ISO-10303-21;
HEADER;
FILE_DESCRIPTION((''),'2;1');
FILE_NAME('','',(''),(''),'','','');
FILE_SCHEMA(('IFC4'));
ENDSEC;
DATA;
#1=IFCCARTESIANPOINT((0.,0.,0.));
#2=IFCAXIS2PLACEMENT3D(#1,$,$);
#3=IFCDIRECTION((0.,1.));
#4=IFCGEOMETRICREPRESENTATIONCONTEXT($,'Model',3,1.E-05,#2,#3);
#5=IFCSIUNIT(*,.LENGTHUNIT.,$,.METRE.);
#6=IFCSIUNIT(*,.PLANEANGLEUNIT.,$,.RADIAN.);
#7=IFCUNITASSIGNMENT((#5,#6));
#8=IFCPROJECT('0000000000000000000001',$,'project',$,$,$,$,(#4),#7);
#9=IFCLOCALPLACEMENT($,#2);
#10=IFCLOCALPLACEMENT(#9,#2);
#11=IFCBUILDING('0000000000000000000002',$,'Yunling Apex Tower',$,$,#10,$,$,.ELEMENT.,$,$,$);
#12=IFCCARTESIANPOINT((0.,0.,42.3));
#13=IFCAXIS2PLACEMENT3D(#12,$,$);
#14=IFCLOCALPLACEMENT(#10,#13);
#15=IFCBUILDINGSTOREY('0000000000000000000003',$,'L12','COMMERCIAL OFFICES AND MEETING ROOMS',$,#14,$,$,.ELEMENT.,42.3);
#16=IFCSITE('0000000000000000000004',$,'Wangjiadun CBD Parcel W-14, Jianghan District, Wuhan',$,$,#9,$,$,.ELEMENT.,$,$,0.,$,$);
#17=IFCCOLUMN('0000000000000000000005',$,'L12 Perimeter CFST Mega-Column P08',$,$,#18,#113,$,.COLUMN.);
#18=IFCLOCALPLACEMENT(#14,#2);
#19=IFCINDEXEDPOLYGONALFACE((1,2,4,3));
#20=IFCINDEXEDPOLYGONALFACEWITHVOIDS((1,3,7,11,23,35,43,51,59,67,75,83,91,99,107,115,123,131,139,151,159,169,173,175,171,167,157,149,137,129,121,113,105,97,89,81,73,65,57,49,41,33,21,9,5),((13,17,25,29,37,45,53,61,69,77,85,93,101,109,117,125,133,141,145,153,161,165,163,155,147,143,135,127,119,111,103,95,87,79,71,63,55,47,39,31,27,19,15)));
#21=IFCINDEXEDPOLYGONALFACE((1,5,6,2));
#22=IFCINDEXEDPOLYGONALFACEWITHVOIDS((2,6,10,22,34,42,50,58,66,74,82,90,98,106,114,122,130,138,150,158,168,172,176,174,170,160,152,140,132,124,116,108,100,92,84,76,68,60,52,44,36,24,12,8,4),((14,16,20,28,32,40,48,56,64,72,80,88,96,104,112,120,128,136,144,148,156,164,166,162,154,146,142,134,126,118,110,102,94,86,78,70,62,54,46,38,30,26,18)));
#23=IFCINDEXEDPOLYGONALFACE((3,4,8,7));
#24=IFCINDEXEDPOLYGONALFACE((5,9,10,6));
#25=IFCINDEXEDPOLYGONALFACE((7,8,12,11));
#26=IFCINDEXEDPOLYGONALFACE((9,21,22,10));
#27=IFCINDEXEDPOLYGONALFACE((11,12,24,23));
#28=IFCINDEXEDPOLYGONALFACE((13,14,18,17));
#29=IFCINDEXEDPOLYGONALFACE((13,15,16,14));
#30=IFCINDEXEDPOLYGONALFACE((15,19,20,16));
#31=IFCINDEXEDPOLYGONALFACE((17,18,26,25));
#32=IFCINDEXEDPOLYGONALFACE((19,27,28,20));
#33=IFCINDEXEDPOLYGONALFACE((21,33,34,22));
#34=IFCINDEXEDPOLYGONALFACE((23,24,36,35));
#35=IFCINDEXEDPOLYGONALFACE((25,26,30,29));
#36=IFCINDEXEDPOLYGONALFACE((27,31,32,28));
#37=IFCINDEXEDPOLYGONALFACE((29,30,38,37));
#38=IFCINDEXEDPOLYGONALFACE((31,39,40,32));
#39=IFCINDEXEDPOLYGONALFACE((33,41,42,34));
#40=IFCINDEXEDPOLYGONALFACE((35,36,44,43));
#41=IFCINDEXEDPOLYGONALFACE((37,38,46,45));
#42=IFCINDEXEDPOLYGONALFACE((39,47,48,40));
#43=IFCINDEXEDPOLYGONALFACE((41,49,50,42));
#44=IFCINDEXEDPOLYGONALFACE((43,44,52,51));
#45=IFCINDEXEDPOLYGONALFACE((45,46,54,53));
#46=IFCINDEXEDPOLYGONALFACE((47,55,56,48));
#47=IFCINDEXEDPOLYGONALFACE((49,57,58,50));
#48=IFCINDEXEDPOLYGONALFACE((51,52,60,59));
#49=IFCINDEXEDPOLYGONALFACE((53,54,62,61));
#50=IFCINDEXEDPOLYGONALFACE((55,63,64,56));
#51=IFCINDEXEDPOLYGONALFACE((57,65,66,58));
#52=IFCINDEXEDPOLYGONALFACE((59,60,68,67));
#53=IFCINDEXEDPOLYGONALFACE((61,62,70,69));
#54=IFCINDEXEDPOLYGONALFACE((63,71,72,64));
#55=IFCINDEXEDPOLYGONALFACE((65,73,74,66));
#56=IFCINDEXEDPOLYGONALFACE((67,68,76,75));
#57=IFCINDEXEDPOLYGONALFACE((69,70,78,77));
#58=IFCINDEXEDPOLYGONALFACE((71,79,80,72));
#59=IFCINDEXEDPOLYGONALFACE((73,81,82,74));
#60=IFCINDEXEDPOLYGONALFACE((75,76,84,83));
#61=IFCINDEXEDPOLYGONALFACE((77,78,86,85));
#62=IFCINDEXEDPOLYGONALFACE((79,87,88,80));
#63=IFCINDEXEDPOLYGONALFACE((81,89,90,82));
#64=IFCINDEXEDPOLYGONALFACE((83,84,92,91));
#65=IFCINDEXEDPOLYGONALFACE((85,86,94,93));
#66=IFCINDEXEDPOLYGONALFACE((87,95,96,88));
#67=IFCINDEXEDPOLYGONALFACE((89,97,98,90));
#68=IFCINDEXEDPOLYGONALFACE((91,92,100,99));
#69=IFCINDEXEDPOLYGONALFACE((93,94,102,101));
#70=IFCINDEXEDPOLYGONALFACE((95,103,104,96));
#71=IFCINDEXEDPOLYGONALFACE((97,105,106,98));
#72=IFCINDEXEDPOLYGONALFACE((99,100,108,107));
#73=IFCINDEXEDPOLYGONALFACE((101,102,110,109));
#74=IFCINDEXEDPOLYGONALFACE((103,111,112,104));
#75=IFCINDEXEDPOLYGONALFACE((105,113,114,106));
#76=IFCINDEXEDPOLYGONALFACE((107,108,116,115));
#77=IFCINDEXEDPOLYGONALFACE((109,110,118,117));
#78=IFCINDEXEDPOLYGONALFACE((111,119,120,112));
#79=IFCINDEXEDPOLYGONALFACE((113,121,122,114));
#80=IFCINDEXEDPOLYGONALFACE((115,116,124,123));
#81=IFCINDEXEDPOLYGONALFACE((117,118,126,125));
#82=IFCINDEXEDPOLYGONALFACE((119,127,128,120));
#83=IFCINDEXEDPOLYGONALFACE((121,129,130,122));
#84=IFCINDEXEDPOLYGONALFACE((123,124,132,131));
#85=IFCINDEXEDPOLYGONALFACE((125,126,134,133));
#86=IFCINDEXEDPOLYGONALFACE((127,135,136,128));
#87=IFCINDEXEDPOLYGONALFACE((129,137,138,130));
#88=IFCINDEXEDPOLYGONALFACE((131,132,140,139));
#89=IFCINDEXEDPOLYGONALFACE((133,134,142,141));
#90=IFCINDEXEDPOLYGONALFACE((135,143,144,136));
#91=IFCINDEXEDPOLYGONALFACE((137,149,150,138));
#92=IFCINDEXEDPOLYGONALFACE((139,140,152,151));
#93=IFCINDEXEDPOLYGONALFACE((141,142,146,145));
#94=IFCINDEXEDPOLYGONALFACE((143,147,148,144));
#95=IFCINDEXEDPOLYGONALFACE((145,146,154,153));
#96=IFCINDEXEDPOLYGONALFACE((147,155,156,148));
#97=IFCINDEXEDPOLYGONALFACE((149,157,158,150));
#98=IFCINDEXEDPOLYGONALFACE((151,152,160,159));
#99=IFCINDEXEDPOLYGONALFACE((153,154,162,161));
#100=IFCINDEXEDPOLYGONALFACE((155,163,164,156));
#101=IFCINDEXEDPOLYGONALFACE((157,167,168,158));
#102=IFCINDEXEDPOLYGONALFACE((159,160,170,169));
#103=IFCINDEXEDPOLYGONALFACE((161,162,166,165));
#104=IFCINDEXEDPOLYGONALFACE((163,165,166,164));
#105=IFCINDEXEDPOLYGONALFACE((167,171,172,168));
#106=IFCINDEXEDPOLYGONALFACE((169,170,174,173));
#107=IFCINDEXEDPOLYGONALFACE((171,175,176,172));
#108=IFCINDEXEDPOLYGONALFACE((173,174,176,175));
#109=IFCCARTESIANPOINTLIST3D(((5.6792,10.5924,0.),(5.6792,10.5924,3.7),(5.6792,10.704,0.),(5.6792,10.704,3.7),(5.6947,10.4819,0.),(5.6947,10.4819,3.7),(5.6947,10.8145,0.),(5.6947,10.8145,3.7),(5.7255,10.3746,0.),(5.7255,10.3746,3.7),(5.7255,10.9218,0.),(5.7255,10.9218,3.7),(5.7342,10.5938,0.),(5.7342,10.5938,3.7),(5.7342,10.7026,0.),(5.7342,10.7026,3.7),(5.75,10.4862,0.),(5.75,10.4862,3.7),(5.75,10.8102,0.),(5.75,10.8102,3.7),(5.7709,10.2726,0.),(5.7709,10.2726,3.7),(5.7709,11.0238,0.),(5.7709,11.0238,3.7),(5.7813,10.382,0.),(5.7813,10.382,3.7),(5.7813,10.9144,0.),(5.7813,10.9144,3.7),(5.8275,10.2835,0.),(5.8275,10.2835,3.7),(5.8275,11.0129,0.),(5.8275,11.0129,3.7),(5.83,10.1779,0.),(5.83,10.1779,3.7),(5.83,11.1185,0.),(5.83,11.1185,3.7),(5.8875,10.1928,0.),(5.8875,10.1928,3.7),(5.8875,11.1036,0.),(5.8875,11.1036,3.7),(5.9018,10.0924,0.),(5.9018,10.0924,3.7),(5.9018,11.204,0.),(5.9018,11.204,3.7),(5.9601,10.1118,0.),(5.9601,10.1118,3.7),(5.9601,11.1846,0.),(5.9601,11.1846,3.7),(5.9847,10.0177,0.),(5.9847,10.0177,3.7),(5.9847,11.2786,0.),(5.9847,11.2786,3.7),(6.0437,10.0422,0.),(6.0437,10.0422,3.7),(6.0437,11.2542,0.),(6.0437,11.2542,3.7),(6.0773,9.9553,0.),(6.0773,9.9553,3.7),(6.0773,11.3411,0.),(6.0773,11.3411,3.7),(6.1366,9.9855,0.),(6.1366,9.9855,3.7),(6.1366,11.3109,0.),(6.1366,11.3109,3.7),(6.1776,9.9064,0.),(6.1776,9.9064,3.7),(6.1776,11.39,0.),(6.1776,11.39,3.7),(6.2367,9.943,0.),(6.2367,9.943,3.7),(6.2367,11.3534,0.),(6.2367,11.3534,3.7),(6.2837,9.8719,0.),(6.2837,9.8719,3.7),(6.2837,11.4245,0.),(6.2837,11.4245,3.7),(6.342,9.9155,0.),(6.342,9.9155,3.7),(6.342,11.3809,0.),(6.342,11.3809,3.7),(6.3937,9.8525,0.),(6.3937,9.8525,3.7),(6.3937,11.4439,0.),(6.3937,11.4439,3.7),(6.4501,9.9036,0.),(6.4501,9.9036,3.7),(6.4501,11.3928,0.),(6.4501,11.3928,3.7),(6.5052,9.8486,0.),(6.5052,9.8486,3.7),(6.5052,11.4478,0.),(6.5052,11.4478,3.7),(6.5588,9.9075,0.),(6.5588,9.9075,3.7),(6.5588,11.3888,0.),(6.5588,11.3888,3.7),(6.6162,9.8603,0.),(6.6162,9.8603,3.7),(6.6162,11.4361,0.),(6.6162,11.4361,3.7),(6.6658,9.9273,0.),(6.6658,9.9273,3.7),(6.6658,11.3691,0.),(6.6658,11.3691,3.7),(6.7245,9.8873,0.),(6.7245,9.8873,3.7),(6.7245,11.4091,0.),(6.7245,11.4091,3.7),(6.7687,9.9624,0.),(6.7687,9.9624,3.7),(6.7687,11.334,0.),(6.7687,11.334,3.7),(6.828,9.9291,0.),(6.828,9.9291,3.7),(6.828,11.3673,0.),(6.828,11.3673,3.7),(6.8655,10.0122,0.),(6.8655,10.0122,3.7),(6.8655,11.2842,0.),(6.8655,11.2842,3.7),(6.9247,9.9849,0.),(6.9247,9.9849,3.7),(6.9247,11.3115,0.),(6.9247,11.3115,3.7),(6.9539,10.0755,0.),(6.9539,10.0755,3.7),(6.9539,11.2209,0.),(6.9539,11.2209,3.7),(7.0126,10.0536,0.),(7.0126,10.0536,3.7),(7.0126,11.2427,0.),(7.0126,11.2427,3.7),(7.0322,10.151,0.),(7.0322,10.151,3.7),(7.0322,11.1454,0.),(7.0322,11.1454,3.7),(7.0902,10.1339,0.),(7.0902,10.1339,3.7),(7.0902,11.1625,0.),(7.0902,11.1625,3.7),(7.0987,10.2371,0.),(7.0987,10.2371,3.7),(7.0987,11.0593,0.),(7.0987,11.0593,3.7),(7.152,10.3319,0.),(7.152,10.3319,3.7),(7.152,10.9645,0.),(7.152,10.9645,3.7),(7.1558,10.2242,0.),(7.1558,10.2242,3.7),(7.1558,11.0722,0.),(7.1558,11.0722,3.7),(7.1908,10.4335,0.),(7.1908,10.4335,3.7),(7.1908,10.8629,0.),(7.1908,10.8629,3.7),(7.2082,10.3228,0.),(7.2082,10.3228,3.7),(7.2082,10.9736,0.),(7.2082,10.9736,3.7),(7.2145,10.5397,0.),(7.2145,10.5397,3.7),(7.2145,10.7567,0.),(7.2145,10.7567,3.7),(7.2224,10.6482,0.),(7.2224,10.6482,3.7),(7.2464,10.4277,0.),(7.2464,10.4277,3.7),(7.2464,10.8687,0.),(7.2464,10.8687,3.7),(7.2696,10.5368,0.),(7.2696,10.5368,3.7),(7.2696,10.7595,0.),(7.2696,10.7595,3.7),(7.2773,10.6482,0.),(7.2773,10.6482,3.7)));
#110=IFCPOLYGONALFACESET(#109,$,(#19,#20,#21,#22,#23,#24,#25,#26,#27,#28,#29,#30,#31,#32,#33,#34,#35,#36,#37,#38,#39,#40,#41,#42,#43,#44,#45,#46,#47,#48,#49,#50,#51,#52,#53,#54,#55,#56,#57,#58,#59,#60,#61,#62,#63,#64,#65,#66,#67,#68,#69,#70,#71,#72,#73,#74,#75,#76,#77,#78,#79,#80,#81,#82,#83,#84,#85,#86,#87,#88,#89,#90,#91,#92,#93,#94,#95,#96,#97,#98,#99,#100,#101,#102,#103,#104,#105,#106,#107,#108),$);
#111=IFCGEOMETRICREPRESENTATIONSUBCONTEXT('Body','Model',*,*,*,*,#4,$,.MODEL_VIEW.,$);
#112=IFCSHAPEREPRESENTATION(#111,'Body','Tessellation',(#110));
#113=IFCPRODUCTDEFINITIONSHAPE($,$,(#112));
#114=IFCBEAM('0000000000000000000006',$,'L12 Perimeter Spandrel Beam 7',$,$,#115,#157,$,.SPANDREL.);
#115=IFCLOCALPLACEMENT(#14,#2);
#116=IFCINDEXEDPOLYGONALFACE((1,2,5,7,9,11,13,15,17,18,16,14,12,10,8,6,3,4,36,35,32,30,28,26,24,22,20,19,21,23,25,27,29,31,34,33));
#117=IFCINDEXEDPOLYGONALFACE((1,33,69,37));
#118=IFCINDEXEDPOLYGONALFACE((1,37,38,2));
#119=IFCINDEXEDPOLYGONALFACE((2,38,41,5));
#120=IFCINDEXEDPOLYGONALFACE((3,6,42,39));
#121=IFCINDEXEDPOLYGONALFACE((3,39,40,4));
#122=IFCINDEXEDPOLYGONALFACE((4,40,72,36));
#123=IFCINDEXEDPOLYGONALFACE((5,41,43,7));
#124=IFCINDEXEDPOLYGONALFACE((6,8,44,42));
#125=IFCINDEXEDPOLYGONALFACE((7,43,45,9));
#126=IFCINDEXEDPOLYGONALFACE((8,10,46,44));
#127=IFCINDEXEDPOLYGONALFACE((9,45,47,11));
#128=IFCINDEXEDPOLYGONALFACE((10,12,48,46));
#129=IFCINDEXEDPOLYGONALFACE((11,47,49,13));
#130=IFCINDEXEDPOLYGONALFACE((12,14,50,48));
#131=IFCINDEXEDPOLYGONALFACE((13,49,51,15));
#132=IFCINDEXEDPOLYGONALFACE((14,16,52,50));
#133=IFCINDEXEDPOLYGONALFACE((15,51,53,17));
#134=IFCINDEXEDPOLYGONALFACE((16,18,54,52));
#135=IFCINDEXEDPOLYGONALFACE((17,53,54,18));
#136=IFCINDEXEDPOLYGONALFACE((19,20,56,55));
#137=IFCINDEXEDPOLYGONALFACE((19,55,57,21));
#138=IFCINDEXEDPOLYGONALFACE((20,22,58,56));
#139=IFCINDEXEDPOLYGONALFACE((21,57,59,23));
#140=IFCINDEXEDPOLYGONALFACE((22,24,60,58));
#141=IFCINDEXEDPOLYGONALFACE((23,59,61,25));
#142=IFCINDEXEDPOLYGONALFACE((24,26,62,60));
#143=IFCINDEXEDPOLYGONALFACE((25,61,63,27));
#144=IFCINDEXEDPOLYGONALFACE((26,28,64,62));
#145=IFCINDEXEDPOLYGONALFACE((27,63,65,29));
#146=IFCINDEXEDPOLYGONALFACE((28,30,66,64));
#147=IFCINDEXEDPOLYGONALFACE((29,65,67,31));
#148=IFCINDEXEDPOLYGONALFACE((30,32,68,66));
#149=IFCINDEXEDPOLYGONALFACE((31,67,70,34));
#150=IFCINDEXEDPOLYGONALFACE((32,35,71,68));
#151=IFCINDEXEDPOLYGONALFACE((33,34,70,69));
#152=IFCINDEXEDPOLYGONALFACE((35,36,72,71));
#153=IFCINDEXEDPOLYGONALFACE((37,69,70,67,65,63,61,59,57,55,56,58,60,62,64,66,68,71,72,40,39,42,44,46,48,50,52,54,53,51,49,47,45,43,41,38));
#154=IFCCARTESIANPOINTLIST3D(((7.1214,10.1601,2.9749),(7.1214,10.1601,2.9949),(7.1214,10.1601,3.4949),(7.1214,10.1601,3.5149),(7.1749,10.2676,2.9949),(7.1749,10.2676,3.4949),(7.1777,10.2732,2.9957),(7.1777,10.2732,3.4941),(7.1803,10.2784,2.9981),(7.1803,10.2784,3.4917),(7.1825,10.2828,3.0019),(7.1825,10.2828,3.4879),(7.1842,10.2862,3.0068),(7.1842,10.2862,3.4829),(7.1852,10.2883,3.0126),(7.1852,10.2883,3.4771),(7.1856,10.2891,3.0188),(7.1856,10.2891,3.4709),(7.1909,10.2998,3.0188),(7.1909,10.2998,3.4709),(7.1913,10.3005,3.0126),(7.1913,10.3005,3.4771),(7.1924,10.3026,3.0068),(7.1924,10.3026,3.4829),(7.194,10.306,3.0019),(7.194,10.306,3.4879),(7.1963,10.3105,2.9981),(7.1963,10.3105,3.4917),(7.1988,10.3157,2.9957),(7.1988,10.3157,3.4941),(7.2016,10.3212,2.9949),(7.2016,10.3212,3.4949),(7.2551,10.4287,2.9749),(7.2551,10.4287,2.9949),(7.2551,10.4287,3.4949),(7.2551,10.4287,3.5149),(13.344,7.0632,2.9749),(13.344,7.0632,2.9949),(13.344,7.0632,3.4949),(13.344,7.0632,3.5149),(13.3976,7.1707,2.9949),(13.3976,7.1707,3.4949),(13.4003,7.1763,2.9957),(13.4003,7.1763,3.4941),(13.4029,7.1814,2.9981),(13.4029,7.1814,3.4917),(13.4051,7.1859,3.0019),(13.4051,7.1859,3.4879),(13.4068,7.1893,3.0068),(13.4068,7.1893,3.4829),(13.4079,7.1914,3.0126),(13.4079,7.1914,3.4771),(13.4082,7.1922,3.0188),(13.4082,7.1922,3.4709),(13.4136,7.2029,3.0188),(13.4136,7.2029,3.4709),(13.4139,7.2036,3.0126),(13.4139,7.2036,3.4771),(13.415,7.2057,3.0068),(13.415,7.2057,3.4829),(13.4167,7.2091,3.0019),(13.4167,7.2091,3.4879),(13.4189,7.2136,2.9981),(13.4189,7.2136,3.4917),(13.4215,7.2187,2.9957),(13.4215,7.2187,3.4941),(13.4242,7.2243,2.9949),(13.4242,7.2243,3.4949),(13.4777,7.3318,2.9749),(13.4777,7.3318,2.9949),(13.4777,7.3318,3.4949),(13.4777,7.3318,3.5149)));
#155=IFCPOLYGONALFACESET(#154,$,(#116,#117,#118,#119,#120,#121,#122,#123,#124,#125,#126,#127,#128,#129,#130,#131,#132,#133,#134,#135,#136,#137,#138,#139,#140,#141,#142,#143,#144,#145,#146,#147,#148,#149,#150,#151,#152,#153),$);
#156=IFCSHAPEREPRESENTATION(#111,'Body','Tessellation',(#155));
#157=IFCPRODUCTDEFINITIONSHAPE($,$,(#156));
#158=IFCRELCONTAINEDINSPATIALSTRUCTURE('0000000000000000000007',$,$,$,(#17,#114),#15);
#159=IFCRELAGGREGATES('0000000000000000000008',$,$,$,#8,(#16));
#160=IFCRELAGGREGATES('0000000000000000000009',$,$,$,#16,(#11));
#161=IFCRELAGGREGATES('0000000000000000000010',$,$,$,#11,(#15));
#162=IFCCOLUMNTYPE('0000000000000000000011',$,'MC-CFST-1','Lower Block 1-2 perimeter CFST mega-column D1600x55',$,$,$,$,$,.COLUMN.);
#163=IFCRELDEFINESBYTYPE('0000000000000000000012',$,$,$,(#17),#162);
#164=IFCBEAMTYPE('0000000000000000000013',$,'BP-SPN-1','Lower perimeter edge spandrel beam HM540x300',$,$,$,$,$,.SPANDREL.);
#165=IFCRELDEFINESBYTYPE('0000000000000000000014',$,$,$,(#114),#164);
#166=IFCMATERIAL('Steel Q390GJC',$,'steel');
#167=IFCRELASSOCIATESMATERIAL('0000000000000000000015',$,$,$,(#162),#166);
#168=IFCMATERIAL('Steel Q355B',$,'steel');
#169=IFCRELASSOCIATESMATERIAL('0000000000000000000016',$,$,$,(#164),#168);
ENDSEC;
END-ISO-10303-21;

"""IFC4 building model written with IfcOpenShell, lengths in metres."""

from ifc_helpers import new_model, si_unit, direction, frame, origin, origin_2d, place, context, subcontext, project, spatial, hollow_circle, i_section, extrude, source, transform, mapped, material, material_profile, profile_set, type_object, element, save


model = new_model("IFC4")

# Units and contexts
model_context = context("Model", 3, precision=1e-05, world=origin(), true_north=direction((0.0, 1.0)))
body_context = subcontext(model_context, "Body", "Model", "MODEL_VIEW")
ifc_project = project(units=[si_unit("LENGTHUNIT", "METRE"), si_unit("PLANEANGLEUNIT", "RADIAN")], contexts=[model_context])

# Site, building, storey
site_placement = place(None, origin())
site = spatial("IfcSite", under=ifc_project, at=site_placement, Name="Wangjiadun CBD Parcel W-14, Jianghan District, Wuhan", CompositionType="ELEMENT", RefElevation=0.0)
building_placement = place(site_placement, origin())
building = spatial("IfcBuilding", under=site, at=building_placement, Name="Yunling Apex Tower", CompositionType="ELEMENT")
storey_placement = place(building_placement, frame((0.0, 0.0, 42.3)))
storey = spatial("IfcBuildingStorey", under=building, at=storey_placement, Name="L12", Description="COMMERCIAL OFFICES AND MEETING ROOMS", CompositionType="ELEMENT", Elevation=42.3)

# Column
ifc_material_1 = material(Name="Steel Q390GJC", Category="steel")
ifc_material_profile_1 = material_profile(ifc_material_1, hollow_circle(Radius=0.8, WallThickness=0.0549, at=origin_2d()))
ifc_profile_set_1 = profile_set([ifc_material_profile_1], Name="Steel Q390GJC")
column_type = type_object("IfcColumnType", Name="MC-CFST-1", Description="Lower Block 1-2 perimeter CFST mega-column D1600x55", PredefinedType="COLUMN", material=ifc_profile_set_1)
shared_shape_1 = source(origin(), body_context, "Body", "SweptSolid", [
    extrude(hollow_circle(Radius=0.8, WallThickness=0.0549, at=origin_2d()), origin(), (0.0, 0.0, 1.0), 3.7),
])
column_placement = place(storey_placement, frame((6.4773, 10.6482, 0.0), z_axis=(0.0, 0.0, 1.0), x_axis=(1.0, 0.0, 0.0)))
element("IfcColumn", 1, at=column_placement, inside=storey, type_object=column_type, Name="L12 Perimeter CFST Mega-Column P08", PredefinedType="COLUMN", context=body_context, shape_type="MappedRepresentation", body=[
    mapped(shared_shape_1, transform((0.0, 0.0, 0.0), scale=1.0)),
])

# Beam
ifc_material_2 = material(Name="Steel Q355B", Category="steel")
ifc_material_profile_2 = material_profile(ifc_material_2, i_section(OverallWidth=0.3, OverallDepth=0.54, WebThickness=0.012, FlangeThickness=0.02, FilletRadius=0.0239, at=origin_2d()))
ifc_profile_set_2 = profile_set([ifc_material_profile_2], Name="Steel Q355B")
beam_type_1 = type_object("IfcBeamType", Name="BP-SPN-1", Description="Lower perimeter edge spandrel beam HM540x300", PredefinedType="SPANDREL", material=ifc_profile_set_2)
shared_shape_2 = source(origin(), body_context, "Body", "SweptSolid", [
    extrude(i_section(OverallWidth=0.3, OverallDepth=0.54, WebThickness=0.012, FlangeThickness=0.02, FilletRadius=0.0239, at=origin_2d()), origin(), (0.0, 0.0, 1.0), 6.9507),
])
beam_1_placement = place(storey_placement, frame((13.4109, 7.1975, 3.2449), z_axis=(-0.895255, 0.445555, 0.0), x_axis=(-0.445555, -0.895255, 0.0)))
element("IfcBeam", 2, at=beam_1_placement, inside=storey, type_object=beam_type_1, Name="L12 Perimeter Spandrel Beam 7", PredefinedType="SPANDREL", context=body_context, shape_type="MappedRepresentation", body=[
    mapped(shared_shape_2, transform((0.0, 0.0, 0.0), scale=1.0)),
])

save(model, "model.ifc")
